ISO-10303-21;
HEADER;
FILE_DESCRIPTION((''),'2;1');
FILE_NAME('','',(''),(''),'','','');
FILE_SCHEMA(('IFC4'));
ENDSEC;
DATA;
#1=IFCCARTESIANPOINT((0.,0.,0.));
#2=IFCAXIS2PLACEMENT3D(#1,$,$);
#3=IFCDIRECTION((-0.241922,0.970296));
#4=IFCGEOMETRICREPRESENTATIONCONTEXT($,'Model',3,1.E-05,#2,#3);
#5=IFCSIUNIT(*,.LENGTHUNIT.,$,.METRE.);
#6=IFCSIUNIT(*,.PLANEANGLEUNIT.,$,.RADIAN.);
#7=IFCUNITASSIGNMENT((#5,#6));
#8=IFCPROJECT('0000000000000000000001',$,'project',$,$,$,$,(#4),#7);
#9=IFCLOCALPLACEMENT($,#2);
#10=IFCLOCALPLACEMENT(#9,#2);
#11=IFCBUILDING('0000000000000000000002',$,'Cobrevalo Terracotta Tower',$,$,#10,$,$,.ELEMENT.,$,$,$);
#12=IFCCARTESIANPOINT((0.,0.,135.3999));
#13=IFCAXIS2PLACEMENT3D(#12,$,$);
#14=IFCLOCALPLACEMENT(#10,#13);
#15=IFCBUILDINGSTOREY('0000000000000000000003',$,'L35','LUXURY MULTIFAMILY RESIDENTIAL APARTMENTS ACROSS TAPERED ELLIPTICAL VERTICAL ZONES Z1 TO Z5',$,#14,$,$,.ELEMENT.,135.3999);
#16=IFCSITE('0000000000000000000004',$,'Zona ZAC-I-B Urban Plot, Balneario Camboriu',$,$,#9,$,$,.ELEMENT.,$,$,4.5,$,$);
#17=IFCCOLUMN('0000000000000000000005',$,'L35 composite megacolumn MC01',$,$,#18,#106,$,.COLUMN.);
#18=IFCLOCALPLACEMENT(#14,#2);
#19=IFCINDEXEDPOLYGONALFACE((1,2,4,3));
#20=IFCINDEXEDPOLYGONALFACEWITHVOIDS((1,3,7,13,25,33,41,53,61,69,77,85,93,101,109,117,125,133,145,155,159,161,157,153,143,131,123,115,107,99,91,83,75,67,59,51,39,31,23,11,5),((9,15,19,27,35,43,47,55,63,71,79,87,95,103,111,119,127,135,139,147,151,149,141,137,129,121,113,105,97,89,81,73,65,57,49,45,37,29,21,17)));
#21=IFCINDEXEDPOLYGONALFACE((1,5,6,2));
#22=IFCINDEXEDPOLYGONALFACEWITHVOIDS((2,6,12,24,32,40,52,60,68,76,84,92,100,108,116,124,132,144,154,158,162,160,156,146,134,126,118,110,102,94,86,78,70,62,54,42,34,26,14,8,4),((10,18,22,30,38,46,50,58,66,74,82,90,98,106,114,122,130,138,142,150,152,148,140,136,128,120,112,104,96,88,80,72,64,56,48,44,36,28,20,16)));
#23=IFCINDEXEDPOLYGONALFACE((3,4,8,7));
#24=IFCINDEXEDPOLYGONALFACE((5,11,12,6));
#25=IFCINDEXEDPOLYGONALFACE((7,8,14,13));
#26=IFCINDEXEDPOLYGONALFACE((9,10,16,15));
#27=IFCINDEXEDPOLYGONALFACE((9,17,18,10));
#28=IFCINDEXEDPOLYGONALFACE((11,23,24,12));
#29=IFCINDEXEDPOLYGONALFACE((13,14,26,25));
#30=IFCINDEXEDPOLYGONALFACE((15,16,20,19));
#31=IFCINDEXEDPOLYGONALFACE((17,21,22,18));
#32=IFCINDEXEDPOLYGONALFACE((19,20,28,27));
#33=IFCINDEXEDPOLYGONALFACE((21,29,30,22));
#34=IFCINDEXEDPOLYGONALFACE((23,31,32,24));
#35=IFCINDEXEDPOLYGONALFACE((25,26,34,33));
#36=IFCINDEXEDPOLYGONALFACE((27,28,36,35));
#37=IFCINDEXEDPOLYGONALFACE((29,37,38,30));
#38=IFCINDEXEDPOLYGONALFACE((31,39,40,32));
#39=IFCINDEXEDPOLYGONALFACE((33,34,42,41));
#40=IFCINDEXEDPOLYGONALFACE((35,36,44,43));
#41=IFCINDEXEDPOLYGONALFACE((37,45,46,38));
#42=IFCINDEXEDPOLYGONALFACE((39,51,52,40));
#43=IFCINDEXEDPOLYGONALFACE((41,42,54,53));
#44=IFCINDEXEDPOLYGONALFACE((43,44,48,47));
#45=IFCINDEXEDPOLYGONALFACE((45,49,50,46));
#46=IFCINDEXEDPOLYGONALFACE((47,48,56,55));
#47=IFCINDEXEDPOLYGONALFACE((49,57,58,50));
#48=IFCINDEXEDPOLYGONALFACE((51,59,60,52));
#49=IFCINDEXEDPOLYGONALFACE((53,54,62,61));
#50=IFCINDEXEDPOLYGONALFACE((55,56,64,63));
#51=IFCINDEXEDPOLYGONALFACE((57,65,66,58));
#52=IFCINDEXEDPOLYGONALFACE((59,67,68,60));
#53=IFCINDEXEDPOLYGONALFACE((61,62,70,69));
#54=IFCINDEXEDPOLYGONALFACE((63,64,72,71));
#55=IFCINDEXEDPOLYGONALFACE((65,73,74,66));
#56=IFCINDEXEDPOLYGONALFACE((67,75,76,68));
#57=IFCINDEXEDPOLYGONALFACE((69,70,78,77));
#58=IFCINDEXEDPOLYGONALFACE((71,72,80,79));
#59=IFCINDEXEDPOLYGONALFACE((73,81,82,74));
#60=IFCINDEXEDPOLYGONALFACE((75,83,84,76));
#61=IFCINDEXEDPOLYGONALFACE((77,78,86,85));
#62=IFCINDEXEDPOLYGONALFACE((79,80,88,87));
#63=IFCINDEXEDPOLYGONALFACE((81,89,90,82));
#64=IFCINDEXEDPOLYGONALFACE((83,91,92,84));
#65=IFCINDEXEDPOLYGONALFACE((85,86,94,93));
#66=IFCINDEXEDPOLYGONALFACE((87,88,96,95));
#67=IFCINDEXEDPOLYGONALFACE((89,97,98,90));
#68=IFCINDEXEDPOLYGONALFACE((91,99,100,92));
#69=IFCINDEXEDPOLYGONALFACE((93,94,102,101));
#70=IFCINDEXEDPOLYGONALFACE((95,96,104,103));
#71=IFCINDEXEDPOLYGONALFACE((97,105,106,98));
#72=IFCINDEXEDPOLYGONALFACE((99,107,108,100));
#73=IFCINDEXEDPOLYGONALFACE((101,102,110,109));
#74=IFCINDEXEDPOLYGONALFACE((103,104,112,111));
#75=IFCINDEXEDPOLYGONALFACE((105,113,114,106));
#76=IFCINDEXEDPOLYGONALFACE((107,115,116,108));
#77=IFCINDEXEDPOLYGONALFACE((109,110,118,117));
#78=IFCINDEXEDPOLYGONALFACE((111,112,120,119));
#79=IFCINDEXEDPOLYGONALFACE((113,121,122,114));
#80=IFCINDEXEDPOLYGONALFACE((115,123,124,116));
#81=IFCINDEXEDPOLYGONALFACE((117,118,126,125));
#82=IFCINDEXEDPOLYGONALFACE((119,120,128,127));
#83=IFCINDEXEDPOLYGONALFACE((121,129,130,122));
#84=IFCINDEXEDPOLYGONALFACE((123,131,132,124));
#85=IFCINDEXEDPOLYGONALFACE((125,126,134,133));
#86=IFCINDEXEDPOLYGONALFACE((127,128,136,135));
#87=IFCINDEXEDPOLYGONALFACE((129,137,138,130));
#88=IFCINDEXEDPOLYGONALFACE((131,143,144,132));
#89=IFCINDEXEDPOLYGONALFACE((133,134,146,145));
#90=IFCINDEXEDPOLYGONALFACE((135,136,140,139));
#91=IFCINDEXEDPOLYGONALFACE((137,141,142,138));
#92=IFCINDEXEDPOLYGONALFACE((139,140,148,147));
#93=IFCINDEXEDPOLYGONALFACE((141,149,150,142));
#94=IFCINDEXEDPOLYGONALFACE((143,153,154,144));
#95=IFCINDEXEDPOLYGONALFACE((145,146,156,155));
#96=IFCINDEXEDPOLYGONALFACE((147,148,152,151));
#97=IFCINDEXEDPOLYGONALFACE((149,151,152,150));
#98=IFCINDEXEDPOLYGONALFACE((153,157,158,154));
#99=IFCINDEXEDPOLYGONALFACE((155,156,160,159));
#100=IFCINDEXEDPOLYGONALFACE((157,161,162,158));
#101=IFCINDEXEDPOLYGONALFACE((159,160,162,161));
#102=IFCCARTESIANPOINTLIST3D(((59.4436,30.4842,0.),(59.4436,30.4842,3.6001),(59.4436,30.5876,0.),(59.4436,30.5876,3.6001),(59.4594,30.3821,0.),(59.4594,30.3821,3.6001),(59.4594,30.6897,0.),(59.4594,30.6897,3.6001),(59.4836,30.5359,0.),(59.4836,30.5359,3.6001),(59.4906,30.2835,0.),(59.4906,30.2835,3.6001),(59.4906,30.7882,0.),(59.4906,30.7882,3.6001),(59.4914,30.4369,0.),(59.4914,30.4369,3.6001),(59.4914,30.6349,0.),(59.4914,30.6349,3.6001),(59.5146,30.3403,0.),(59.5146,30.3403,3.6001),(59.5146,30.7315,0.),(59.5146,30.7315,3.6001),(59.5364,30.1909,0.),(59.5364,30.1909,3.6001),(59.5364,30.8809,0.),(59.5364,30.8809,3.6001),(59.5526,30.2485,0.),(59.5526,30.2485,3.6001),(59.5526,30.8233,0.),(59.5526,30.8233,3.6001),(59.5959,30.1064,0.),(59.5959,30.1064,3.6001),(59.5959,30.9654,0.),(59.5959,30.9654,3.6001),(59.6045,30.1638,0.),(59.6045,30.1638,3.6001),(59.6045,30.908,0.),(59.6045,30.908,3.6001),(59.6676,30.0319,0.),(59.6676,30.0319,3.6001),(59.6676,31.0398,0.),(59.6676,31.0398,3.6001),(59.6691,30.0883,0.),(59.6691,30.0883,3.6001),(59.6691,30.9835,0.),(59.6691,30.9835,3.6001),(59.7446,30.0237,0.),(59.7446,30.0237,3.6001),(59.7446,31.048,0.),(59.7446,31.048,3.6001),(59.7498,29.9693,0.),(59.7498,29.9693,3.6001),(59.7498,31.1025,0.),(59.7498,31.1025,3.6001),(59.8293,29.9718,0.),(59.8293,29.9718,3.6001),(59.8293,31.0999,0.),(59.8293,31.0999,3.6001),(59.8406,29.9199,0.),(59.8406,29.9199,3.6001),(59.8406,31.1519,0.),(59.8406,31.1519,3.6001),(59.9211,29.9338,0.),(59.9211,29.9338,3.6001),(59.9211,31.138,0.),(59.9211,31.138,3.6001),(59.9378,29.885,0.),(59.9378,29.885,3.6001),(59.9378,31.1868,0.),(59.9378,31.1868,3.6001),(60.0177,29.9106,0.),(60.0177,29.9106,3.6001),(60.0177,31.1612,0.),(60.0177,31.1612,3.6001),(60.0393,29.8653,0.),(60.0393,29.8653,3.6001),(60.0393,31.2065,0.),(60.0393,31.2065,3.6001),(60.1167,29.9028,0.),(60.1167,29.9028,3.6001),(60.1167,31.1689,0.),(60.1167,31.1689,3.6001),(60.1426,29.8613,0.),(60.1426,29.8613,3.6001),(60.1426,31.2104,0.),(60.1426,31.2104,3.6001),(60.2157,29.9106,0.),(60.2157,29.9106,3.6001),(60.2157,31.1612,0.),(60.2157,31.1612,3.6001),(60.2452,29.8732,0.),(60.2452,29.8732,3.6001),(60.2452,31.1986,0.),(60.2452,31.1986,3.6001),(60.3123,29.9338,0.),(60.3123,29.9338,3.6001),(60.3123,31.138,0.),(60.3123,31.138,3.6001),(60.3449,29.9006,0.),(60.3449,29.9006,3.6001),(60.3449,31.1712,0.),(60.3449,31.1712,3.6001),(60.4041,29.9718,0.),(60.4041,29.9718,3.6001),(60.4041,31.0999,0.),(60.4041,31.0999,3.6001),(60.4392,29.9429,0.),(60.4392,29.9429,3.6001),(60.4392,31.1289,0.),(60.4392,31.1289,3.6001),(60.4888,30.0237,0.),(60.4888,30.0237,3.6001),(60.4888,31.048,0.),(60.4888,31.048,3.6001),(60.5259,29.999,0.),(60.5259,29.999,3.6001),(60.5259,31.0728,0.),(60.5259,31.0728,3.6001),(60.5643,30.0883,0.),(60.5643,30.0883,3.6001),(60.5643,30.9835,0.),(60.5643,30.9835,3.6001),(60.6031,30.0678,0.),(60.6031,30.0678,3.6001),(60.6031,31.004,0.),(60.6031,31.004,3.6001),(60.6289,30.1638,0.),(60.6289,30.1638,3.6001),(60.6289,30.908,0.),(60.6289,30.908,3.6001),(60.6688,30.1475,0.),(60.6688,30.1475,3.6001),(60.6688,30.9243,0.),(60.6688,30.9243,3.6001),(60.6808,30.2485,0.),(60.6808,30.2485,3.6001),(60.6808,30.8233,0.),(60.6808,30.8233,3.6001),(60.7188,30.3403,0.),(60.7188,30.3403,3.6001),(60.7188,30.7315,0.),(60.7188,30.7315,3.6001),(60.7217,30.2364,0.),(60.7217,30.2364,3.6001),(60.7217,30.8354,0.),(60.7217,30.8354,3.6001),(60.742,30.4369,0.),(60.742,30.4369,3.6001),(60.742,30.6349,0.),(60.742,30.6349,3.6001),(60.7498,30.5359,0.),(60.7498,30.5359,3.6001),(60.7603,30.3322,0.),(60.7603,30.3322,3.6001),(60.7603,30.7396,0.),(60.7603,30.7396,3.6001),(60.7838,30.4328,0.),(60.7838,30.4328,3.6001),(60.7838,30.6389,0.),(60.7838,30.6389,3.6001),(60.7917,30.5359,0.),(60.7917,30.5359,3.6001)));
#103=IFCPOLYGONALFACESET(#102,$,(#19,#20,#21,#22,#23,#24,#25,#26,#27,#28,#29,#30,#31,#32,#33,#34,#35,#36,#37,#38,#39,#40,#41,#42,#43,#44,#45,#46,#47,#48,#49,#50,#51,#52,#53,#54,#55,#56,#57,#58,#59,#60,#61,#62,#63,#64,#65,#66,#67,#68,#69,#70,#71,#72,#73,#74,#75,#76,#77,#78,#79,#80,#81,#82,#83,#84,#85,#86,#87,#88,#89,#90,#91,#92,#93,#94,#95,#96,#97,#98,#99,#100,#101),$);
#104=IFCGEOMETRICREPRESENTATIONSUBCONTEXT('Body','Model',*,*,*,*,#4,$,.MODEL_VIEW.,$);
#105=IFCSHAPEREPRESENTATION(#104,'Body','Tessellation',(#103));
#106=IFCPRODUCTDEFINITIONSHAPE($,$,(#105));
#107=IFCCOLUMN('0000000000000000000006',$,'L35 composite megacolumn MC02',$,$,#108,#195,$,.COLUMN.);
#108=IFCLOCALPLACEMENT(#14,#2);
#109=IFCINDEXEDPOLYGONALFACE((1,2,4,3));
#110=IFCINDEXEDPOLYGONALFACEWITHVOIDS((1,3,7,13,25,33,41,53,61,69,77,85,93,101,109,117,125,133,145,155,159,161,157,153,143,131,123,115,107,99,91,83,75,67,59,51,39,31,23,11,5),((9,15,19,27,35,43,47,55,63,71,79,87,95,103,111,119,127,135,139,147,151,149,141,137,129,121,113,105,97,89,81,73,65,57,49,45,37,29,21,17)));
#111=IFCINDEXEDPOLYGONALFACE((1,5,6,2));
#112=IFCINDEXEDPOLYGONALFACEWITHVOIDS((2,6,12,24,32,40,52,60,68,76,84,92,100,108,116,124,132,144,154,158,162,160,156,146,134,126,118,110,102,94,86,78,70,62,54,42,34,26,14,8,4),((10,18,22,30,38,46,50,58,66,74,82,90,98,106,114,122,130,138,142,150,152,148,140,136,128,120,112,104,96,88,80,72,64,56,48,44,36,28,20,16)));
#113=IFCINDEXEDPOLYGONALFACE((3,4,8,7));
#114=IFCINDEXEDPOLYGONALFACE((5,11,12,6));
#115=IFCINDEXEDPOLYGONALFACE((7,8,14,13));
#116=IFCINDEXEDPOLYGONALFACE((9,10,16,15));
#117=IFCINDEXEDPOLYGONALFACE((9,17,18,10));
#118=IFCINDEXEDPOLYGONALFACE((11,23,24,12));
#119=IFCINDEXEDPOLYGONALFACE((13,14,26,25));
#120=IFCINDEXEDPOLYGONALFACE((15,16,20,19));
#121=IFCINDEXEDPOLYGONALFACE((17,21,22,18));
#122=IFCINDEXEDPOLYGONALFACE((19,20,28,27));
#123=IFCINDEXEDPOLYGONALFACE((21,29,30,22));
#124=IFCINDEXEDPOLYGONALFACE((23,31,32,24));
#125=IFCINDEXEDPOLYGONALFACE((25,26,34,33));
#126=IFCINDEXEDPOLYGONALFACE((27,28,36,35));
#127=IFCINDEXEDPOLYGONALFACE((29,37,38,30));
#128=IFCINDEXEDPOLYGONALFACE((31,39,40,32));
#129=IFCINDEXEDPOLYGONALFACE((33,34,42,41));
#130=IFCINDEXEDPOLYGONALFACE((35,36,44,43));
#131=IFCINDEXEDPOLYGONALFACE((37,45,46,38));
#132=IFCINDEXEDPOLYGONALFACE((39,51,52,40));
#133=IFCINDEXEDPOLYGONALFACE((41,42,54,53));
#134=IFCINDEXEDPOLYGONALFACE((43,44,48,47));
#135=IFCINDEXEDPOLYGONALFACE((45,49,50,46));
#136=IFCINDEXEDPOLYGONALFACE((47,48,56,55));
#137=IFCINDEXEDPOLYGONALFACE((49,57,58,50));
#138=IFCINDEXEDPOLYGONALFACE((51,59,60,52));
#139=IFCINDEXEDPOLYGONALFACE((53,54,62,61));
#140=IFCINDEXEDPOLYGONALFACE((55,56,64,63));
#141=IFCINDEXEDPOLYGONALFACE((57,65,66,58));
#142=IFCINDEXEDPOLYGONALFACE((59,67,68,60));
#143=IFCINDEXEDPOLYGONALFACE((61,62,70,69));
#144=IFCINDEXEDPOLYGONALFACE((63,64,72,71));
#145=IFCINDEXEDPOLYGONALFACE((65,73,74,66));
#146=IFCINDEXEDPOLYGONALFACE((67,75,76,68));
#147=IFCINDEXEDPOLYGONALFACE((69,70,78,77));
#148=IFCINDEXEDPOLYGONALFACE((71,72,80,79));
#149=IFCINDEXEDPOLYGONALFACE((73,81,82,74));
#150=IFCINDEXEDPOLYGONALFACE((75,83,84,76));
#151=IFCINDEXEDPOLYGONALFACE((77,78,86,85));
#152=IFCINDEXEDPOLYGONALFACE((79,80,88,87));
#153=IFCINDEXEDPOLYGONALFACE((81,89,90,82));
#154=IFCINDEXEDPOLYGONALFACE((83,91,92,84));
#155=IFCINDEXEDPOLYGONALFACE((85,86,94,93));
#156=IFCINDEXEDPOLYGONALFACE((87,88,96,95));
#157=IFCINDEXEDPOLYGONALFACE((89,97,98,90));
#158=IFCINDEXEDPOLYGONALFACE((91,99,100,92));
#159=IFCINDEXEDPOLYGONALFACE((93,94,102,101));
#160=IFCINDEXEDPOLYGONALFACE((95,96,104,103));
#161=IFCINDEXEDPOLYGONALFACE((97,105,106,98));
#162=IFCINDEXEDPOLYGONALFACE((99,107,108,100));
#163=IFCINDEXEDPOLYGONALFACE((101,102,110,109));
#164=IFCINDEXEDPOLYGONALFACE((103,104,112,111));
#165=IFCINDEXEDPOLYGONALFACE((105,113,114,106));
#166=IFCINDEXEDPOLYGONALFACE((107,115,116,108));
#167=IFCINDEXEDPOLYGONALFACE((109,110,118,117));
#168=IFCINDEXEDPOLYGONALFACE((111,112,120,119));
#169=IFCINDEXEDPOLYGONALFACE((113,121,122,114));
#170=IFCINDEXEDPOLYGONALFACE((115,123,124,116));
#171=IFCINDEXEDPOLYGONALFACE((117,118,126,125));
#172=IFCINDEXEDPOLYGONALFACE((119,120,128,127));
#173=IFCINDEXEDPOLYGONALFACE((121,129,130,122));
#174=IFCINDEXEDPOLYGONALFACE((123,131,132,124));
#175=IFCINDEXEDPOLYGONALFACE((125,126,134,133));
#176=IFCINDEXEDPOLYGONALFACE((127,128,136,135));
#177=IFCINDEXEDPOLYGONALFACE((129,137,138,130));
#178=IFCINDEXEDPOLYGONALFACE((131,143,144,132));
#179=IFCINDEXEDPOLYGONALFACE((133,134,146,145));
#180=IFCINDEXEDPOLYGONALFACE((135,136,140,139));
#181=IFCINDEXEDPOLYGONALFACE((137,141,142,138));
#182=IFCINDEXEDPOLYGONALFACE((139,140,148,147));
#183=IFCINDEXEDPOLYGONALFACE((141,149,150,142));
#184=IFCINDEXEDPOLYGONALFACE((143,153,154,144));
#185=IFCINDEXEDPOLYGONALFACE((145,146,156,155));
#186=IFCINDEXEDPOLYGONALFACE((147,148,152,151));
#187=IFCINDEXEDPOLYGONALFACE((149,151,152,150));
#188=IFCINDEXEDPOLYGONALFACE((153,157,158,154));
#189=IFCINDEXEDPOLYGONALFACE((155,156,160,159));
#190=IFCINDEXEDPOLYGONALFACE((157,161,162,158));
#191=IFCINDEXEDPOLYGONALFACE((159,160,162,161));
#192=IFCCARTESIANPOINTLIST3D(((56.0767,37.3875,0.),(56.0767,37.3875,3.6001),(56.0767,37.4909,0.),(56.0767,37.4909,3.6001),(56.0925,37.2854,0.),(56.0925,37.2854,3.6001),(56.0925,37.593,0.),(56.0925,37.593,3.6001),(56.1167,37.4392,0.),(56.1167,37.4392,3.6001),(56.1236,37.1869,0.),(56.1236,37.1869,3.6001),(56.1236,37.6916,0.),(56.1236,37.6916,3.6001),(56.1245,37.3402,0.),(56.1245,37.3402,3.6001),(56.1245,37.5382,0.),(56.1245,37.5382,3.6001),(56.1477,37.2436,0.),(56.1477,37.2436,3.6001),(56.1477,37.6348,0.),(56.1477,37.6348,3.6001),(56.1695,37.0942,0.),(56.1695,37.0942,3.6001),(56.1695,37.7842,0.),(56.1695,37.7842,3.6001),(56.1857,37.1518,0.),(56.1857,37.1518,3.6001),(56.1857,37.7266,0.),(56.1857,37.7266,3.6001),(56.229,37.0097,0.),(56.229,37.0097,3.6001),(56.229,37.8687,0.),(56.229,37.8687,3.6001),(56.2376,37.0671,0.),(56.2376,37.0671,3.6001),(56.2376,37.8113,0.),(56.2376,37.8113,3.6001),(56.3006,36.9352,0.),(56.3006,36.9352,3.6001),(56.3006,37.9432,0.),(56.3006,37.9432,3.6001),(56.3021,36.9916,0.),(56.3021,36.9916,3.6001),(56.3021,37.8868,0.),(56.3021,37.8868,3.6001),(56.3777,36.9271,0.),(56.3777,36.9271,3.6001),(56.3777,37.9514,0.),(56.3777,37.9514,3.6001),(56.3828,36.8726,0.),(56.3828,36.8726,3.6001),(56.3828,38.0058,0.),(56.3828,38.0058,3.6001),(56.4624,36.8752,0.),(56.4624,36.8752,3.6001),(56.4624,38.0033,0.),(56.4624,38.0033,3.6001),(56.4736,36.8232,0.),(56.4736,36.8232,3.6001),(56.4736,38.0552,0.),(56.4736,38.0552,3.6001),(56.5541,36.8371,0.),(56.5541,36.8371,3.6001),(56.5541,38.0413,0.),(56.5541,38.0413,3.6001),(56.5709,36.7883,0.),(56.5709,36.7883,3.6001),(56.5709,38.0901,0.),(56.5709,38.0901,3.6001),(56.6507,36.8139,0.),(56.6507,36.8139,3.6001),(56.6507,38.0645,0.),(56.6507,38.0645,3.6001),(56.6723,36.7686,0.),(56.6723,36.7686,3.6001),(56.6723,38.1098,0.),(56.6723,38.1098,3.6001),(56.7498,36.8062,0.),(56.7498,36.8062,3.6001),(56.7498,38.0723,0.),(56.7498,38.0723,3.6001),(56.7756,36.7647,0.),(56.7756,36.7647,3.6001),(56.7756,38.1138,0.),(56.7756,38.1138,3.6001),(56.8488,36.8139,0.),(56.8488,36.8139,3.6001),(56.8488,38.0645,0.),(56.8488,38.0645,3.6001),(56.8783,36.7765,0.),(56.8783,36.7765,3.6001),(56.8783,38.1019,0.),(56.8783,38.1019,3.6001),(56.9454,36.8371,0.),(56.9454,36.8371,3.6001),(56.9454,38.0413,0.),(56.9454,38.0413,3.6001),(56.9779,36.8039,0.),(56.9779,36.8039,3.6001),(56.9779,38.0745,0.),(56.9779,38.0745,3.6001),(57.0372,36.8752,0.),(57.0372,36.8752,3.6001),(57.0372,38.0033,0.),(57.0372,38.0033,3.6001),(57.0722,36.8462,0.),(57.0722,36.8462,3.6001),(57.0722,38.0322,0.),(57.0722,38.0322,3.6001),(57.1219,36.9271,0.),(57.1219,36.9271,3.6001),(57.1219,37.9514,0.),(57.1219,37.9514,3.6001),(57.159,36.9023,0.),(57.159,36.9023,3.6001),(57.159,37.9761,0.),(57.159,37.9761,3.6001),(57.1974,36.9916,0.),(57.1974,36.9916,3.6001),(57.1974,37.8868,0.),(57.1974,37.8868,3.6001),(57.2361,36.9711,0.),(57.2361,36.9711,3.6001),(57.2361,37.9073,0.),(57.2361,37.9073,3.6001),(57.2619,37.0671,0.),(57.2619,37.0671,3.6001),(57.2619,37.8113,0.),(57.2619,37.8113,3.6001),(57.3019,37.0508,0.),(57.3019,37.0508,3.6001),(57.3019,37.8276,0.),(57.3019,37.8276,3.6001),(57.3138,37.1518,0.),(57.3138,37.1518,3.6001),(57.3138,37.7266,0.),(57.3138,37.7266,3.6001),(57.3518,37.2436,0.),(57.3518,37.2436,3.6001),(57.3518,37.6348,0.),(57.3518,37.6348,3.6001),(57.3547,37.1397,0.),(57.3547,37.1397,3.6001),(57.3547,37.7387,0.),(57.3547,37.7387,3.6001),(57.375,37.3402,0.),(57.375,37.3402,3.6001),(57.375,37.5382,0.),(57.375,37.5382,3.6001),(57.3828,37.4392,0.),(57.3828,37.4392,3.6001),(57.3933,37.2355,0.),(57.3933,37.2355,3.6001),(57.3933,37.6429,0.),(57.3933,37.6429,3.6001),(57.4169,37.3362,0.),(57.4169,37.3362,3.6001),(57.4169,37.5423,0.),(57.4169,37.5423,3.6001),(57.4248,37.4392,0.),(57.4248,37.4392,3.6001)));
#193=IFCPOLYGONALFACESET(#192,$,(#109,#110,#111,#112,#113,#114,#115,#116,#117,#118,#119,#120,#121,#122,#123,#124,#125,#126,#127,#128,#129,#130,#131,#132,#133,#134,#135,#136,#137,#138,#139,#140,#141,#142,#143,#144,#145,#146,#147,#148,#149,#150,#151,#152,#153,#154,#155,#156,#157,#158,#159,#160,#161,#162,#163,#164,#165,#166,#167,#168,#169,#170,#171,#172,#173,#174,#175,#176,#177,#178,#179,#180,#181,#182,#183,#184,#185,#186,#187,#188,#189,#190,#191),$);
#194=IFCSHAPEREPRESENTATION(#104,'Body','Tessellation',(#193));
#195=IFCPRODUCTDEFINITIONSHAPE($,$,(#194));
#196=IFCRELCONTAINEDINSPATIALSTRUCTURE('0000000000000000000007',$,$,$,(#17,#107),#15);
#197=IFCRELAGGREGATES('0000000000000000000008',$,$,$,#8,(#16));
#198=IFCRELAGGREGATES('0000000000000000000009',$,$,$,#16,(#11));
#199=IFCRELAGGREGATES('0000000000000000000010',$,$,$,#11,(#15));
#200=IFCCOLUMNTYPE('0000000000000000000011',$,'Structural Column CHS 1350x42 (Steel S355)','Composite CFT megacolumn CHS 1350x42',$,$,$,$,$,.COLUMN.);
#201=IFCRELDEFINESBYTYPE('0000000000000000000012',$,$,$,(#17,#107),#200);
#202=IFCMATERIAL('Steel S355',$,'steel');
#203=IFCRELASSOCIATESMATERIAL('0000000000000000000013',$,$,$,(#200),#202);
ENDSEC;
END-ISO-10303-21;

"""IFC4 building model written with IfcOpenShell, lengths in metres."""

from ifc_helpers import new_model, si_unit, direction, frame, origin, origin_2d, place, context, subcontext, project, spatial, hollow_circle, extrude, material, material_profile, profile_set, type_object, element, save


model = new_model("IFC4")

# Units and contexts
model_context = context("Model", 3, precision=1e-05, world=origin(), true_north=direction((-0.241922, 0.970296)))
body_context = subcontext(model_context, "Body", "Model", "MODEL_VIEW")
ifc_project = project(units=[si_unit("LENGTHUNIT", "METRE"), si_unit("PLANEANGLEUNIT", "RADIAN")], contexts=[model_context])

# Site, building, storey
site_placement = place(None, origin())
site = spatial("IfcSite", under=ifc_project, at=site_placement, Name="Zona ZAC-I-B Urban Plot, Balneario Camboriu", CompositionType="ELEMENT", RefElevation=4.5)
building_placement = place(site_placement, origin())
building = spatial("IfcBuilding", under=site, at=building_placement, Name="Cobrevalo Terracotta Tower", CompositionType="ELEMENT")
storey_placement = place(building_placement, frame((0.0, 0.0, 135.3999)))
storey = spatial("IfcBuildingStorey", under=building, at=storey_placement, Name="L35", Description="LUXURY MULTIFAMILY RESIDENTIAL APARTMENTS ACROSS TAPERED ELLIPTICAL VERTICAL ZONES Z1 TO Z5", CompositionType="ELEMENT", Elevation=135.3999)

# Columns
ifc_material_1 = material(Name="Steel S355", Category="steel")
ifc_material_profile_1 = material_profile(ifc_material_1, hollow_circle(Radius=0.675, WallThickness=0.042, at=origin_2d()), Name="CHS 1350x42")
ifc_profile_set_1 = profile_set([ifc_material_profile_1], Name="Steel S355")
column_type = type_object("IfcColumnType", Name="Structural Column CHS 1350x42 (Steel S355)", Description="Composite CFT megacolumn CHS 1350x42", PredefinedType="COLUMN", material=ifc_profile_set_1)
for number, where, z_axis, x_axis, name in (
    (1, (60.1167, 30.5359, 0.0), (0.0, 0.0, 1.0), (1.0, 0.0, 0.0), "L35 composite megacolumn MC01"),
    (2, (56.7498, 37.4392, 0.0), (0.0, 0.0, 1.0), (1.0, 0.0, 0.0), "L35 composite megacolumn MC02"),
):
    element("IfcColumn", number, at=place(storey_placement, frame(where, z_axis=z_axis, x_axis=x_axis)), inside=storey, type_object=column_type, Name=name, PredefinedType="COLUMN", context=body_context, shape_type="SweptSolid", body=[
        extrude(hollow_circle(Radius=0.675, WallThickness=0.042, at=origin_2d()), origin(), (0.0, 0.0, 1.0), 3.6001),
    ])

save(model, "model.ifc")
